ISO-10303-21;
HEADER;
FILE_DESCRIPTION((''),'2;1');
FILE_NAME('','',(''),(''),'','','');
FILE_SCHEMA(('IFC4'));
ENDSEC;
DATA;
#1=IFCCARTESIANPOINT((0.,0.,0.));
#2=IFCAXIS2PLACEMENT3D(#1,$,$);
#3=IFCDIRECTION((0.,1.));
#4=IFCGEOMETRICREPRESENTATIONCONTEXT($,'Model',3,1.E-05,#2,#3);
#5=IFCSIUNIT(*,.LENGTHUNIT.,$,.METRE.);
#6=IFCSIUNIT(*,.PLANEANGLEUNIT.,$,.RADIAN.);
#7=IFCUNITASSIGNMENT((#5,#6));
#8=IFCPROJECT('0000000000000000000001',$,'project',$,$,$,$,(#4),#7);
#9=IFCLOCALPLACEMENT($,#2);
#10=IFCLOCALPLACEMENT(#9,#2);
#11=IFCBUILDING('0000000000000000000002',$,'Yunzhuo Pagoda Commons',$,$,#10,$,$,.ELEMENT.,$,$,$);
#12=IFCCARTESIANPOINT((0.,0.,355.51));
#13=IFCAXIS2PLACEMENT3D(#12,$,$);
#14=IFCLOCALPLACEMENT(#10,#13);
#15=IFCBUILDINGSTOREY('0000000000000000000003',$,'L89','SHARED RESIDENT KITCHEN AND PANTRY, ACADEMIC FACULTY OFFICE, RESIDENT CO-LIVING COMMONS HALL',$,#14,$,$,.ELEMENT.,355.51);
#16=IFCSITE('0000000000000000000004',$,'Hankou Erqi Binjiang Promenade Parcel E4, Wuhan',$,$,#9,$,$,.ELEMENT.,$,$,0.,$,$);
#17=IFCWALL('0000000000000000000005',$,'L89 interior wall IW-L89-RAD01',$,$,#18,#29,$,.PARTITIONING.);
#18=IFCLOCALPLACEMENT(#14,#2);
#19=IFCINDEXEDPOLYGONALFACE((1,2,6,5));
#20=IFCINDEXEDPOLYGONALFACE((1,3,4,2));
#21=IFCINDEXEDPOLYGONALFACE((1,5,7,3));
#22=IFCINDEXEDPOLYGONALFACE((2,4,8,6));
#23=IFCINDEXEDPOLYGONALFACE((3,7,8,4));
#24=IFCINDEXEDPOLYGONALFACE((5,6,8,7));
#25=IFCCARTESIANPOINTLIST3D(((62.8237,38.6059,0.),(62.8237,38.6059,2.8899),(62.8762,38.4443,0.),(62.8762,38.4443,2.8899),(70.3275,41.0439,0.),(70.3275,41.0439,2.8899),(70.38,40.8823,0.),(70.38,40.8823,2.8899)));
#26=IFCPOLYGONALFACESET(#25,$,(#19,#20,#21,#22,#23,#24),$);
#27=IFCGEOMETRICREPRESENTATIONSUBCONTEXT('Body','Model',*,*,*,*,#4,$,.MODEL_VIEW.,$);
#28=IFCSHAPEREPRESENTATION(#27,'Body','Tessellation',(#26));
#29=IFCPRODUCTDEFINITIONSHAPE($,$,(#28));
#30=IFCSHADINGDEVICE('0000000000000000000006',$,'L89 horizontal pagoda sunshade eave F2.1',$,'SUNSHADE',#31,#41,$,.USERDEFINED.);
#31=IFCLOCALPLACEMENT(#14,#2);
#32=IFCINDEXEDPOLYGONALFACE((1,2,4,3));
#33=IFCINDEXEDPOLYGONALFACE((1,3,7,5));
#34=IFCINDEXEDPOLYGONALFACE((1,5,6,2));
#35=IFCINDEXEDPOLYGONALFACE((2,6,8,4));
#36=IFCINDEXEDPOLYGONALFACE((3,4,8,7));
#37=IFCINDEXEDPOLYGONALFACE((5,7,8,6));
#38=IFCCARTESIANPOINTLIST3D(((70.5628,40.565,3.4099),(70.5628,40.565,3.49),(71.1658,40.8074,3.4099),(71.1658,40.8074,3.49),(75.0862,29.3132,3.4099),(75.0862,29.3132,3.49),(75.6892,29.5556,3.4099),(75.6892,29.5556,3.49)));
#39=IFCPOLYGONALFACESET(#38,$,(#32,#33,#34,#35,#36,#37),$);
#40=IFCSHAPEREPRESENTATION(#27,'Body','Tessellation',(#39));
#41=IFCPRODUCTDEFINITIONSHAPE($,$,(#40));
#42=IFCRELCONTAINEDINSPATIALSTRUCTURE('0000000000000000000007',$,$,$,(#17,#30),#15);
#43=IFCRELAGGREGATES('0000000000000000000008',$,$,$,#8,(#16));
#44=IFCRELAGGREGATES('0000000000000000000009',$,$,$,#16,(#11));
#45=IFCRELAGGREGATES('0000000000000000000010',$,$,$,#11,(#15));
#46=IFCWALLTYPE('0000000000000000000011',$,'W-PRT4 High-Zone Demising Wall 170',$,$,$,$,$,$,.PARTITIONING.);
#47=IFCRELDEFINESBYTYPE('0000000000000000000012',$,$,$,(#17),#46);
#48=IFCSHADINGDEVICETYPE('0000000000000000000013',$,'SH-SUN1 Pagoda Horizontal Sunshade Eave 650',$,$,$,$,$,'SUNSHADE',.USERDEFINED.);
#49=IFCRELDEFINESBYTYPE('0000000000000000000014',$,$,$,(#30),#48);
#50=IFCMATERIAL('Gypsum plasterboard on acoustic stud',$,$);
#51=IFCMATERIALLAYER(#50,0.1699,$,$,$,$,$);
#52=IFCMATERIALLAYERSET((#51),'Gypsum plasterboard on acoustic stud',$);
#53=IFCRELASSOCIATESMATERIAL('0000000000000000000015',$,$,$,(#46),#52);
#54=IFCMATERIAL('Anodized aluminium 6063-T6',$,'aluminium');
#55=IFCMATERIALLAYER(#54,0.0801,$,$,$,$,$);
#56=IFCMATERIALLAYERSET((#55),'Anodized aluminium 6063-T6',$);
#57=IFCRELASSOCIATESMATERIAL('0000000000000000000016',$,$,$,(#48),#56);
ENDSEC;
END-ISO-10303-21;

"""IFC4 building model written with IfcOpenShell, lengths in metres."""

from ifc_helpers import new_model, si_unit, direction, frame, frame_2d, origin, origin_2d, place, context, subcontext, project, spatial, rectangle, extrude, source, transform, mapped, material, layer, layer_set, type_object, element, save


model = new_model("IFC4")

# Units and contexts
model_context = context("Model", 3, precision=1e-05, world=origin(), true_north=direction((0.0, 1.0)))
body_context = subcontext(model_context, "Body", "Model", "MODEL_VIEW")
ifc_project = project(units=[si_unit("LENGTHUNIT", "METRE"), si_unit("PLANEANGLEUNIT", "RADIAN")], contexts=[model_context])

# Site, building, storey
site_placement = place(None, origin())
site = spatial("IfcSite", under=ifc_project, at=site_placement, Name="Hankou Erqi Binjiang Promenade Parcel E4, Wuhan", CompositionType="ELEMENT", RefElevation=0.0)
building_placement = place(site_placement, origin())
building = spatial("IfcBuilding", under=site, at=building_placement, Name="Yunzhuo Pagoda Commons", CompositionType="ELEMENT")
storey_placement = place(building_placement, frame((0.0, 0.0, 355.51)))
storey = spatial("IfcBuildingStorey", under=building, at=storey_placement, Name="L89", Description="SHARED RESIDENT KITCHEN AND PANTRY, ACADEMIC FACULTY OFFICE, RESIDENT CO-LIVING COMMONS HALL", CompositionType="ELEMENT", Elevation=355.51)

# Shared definitions
ifc_material_1 = material(Name="Anodized aluminium 6063-T6", Category="aluminium")

# Shared definitions
ifc_material_2 = material(Name="Gypsum plasterboard on acoustic stud")

# Wall
ifc_layer_1 = layer(ifc_material_2, 0.1699)
ifc_layer_set_1 = layer_set([ifc_layer_1], Name="Gypsum plasterboard on acoustic stud")
wall_type_1 = type_object("IfcWallType", Name="W-PRT4 High-Zone Demising Wall 170", PredefinedType="PARTITIONING", material=ifc_layer_set_1)
wall_1_placement = place(storey_placement, frame((62.8501, 38.5251, 0.0), z_axis=(0.0, 0.0, 1.0), x_axis=(0.95106, 0.309006, 0.0)))
element("IfcWall", 1, at=wall_1_placement, inside=storey, type_object=wall_type_1, Name="L89 interior wall IW-L89-RAD01", PredefinedType="PARTITIONING", context=body_context, shape_type="SweptSolid", body=[
    extrude(rectangle(XDim=7.8899, YDim=0.1699, at=frame_2d((3.9448, 0.0))), origin(), (0.0, 0.0, 1.0), 2.8899),
])

# Shading device
ifc_layer_2 = layer(ifc_material_1, 0.0801)
ifc_layer_set_2 = layer_set([ifc_layer_2], Name="Anodized aluminium 6063-T6")
shading_device_type = type_object("IfcShadingDeviceType", Name="SH-SUN1 Pagoda Horizontal Sunshade Eave 650", ElementType="SUNSHADE", PredefinedType="USERDEFINED", material=ifc_layer_set_2)
shared_shape_1 = source(origin(), body_context, "Body", "SweptSolid", [
    extrude(rectangle(XDim=12.127, YDim=0.6499, at=origin_2d()), origin(), (0.0, 0.0, 1.0), 0.0801),
])
shading_device_placement = place(storey_placement, frame((73.126, 35.0603, 3.4099), z_axis=(0.0, 0.0, 1.0), x_axis=(-0.373004, 0.92783, 0.0)))
element("IfcShadingDevice", 2, at=shading_device_placement, inside=storey, type_object=shading_device_type, Name="L89 horizontal pagoda sunshade eave F2.1", ObjectType="SUNSHADE", PredefinedType="USERDEFINED", context=body_context, shape_type="MappedRepresentation", body=[
    mapped(shared_shape_1, transform((0.0, 0.0, 0.0), scale=1.0)),
])

save(model, "model.ifc")
